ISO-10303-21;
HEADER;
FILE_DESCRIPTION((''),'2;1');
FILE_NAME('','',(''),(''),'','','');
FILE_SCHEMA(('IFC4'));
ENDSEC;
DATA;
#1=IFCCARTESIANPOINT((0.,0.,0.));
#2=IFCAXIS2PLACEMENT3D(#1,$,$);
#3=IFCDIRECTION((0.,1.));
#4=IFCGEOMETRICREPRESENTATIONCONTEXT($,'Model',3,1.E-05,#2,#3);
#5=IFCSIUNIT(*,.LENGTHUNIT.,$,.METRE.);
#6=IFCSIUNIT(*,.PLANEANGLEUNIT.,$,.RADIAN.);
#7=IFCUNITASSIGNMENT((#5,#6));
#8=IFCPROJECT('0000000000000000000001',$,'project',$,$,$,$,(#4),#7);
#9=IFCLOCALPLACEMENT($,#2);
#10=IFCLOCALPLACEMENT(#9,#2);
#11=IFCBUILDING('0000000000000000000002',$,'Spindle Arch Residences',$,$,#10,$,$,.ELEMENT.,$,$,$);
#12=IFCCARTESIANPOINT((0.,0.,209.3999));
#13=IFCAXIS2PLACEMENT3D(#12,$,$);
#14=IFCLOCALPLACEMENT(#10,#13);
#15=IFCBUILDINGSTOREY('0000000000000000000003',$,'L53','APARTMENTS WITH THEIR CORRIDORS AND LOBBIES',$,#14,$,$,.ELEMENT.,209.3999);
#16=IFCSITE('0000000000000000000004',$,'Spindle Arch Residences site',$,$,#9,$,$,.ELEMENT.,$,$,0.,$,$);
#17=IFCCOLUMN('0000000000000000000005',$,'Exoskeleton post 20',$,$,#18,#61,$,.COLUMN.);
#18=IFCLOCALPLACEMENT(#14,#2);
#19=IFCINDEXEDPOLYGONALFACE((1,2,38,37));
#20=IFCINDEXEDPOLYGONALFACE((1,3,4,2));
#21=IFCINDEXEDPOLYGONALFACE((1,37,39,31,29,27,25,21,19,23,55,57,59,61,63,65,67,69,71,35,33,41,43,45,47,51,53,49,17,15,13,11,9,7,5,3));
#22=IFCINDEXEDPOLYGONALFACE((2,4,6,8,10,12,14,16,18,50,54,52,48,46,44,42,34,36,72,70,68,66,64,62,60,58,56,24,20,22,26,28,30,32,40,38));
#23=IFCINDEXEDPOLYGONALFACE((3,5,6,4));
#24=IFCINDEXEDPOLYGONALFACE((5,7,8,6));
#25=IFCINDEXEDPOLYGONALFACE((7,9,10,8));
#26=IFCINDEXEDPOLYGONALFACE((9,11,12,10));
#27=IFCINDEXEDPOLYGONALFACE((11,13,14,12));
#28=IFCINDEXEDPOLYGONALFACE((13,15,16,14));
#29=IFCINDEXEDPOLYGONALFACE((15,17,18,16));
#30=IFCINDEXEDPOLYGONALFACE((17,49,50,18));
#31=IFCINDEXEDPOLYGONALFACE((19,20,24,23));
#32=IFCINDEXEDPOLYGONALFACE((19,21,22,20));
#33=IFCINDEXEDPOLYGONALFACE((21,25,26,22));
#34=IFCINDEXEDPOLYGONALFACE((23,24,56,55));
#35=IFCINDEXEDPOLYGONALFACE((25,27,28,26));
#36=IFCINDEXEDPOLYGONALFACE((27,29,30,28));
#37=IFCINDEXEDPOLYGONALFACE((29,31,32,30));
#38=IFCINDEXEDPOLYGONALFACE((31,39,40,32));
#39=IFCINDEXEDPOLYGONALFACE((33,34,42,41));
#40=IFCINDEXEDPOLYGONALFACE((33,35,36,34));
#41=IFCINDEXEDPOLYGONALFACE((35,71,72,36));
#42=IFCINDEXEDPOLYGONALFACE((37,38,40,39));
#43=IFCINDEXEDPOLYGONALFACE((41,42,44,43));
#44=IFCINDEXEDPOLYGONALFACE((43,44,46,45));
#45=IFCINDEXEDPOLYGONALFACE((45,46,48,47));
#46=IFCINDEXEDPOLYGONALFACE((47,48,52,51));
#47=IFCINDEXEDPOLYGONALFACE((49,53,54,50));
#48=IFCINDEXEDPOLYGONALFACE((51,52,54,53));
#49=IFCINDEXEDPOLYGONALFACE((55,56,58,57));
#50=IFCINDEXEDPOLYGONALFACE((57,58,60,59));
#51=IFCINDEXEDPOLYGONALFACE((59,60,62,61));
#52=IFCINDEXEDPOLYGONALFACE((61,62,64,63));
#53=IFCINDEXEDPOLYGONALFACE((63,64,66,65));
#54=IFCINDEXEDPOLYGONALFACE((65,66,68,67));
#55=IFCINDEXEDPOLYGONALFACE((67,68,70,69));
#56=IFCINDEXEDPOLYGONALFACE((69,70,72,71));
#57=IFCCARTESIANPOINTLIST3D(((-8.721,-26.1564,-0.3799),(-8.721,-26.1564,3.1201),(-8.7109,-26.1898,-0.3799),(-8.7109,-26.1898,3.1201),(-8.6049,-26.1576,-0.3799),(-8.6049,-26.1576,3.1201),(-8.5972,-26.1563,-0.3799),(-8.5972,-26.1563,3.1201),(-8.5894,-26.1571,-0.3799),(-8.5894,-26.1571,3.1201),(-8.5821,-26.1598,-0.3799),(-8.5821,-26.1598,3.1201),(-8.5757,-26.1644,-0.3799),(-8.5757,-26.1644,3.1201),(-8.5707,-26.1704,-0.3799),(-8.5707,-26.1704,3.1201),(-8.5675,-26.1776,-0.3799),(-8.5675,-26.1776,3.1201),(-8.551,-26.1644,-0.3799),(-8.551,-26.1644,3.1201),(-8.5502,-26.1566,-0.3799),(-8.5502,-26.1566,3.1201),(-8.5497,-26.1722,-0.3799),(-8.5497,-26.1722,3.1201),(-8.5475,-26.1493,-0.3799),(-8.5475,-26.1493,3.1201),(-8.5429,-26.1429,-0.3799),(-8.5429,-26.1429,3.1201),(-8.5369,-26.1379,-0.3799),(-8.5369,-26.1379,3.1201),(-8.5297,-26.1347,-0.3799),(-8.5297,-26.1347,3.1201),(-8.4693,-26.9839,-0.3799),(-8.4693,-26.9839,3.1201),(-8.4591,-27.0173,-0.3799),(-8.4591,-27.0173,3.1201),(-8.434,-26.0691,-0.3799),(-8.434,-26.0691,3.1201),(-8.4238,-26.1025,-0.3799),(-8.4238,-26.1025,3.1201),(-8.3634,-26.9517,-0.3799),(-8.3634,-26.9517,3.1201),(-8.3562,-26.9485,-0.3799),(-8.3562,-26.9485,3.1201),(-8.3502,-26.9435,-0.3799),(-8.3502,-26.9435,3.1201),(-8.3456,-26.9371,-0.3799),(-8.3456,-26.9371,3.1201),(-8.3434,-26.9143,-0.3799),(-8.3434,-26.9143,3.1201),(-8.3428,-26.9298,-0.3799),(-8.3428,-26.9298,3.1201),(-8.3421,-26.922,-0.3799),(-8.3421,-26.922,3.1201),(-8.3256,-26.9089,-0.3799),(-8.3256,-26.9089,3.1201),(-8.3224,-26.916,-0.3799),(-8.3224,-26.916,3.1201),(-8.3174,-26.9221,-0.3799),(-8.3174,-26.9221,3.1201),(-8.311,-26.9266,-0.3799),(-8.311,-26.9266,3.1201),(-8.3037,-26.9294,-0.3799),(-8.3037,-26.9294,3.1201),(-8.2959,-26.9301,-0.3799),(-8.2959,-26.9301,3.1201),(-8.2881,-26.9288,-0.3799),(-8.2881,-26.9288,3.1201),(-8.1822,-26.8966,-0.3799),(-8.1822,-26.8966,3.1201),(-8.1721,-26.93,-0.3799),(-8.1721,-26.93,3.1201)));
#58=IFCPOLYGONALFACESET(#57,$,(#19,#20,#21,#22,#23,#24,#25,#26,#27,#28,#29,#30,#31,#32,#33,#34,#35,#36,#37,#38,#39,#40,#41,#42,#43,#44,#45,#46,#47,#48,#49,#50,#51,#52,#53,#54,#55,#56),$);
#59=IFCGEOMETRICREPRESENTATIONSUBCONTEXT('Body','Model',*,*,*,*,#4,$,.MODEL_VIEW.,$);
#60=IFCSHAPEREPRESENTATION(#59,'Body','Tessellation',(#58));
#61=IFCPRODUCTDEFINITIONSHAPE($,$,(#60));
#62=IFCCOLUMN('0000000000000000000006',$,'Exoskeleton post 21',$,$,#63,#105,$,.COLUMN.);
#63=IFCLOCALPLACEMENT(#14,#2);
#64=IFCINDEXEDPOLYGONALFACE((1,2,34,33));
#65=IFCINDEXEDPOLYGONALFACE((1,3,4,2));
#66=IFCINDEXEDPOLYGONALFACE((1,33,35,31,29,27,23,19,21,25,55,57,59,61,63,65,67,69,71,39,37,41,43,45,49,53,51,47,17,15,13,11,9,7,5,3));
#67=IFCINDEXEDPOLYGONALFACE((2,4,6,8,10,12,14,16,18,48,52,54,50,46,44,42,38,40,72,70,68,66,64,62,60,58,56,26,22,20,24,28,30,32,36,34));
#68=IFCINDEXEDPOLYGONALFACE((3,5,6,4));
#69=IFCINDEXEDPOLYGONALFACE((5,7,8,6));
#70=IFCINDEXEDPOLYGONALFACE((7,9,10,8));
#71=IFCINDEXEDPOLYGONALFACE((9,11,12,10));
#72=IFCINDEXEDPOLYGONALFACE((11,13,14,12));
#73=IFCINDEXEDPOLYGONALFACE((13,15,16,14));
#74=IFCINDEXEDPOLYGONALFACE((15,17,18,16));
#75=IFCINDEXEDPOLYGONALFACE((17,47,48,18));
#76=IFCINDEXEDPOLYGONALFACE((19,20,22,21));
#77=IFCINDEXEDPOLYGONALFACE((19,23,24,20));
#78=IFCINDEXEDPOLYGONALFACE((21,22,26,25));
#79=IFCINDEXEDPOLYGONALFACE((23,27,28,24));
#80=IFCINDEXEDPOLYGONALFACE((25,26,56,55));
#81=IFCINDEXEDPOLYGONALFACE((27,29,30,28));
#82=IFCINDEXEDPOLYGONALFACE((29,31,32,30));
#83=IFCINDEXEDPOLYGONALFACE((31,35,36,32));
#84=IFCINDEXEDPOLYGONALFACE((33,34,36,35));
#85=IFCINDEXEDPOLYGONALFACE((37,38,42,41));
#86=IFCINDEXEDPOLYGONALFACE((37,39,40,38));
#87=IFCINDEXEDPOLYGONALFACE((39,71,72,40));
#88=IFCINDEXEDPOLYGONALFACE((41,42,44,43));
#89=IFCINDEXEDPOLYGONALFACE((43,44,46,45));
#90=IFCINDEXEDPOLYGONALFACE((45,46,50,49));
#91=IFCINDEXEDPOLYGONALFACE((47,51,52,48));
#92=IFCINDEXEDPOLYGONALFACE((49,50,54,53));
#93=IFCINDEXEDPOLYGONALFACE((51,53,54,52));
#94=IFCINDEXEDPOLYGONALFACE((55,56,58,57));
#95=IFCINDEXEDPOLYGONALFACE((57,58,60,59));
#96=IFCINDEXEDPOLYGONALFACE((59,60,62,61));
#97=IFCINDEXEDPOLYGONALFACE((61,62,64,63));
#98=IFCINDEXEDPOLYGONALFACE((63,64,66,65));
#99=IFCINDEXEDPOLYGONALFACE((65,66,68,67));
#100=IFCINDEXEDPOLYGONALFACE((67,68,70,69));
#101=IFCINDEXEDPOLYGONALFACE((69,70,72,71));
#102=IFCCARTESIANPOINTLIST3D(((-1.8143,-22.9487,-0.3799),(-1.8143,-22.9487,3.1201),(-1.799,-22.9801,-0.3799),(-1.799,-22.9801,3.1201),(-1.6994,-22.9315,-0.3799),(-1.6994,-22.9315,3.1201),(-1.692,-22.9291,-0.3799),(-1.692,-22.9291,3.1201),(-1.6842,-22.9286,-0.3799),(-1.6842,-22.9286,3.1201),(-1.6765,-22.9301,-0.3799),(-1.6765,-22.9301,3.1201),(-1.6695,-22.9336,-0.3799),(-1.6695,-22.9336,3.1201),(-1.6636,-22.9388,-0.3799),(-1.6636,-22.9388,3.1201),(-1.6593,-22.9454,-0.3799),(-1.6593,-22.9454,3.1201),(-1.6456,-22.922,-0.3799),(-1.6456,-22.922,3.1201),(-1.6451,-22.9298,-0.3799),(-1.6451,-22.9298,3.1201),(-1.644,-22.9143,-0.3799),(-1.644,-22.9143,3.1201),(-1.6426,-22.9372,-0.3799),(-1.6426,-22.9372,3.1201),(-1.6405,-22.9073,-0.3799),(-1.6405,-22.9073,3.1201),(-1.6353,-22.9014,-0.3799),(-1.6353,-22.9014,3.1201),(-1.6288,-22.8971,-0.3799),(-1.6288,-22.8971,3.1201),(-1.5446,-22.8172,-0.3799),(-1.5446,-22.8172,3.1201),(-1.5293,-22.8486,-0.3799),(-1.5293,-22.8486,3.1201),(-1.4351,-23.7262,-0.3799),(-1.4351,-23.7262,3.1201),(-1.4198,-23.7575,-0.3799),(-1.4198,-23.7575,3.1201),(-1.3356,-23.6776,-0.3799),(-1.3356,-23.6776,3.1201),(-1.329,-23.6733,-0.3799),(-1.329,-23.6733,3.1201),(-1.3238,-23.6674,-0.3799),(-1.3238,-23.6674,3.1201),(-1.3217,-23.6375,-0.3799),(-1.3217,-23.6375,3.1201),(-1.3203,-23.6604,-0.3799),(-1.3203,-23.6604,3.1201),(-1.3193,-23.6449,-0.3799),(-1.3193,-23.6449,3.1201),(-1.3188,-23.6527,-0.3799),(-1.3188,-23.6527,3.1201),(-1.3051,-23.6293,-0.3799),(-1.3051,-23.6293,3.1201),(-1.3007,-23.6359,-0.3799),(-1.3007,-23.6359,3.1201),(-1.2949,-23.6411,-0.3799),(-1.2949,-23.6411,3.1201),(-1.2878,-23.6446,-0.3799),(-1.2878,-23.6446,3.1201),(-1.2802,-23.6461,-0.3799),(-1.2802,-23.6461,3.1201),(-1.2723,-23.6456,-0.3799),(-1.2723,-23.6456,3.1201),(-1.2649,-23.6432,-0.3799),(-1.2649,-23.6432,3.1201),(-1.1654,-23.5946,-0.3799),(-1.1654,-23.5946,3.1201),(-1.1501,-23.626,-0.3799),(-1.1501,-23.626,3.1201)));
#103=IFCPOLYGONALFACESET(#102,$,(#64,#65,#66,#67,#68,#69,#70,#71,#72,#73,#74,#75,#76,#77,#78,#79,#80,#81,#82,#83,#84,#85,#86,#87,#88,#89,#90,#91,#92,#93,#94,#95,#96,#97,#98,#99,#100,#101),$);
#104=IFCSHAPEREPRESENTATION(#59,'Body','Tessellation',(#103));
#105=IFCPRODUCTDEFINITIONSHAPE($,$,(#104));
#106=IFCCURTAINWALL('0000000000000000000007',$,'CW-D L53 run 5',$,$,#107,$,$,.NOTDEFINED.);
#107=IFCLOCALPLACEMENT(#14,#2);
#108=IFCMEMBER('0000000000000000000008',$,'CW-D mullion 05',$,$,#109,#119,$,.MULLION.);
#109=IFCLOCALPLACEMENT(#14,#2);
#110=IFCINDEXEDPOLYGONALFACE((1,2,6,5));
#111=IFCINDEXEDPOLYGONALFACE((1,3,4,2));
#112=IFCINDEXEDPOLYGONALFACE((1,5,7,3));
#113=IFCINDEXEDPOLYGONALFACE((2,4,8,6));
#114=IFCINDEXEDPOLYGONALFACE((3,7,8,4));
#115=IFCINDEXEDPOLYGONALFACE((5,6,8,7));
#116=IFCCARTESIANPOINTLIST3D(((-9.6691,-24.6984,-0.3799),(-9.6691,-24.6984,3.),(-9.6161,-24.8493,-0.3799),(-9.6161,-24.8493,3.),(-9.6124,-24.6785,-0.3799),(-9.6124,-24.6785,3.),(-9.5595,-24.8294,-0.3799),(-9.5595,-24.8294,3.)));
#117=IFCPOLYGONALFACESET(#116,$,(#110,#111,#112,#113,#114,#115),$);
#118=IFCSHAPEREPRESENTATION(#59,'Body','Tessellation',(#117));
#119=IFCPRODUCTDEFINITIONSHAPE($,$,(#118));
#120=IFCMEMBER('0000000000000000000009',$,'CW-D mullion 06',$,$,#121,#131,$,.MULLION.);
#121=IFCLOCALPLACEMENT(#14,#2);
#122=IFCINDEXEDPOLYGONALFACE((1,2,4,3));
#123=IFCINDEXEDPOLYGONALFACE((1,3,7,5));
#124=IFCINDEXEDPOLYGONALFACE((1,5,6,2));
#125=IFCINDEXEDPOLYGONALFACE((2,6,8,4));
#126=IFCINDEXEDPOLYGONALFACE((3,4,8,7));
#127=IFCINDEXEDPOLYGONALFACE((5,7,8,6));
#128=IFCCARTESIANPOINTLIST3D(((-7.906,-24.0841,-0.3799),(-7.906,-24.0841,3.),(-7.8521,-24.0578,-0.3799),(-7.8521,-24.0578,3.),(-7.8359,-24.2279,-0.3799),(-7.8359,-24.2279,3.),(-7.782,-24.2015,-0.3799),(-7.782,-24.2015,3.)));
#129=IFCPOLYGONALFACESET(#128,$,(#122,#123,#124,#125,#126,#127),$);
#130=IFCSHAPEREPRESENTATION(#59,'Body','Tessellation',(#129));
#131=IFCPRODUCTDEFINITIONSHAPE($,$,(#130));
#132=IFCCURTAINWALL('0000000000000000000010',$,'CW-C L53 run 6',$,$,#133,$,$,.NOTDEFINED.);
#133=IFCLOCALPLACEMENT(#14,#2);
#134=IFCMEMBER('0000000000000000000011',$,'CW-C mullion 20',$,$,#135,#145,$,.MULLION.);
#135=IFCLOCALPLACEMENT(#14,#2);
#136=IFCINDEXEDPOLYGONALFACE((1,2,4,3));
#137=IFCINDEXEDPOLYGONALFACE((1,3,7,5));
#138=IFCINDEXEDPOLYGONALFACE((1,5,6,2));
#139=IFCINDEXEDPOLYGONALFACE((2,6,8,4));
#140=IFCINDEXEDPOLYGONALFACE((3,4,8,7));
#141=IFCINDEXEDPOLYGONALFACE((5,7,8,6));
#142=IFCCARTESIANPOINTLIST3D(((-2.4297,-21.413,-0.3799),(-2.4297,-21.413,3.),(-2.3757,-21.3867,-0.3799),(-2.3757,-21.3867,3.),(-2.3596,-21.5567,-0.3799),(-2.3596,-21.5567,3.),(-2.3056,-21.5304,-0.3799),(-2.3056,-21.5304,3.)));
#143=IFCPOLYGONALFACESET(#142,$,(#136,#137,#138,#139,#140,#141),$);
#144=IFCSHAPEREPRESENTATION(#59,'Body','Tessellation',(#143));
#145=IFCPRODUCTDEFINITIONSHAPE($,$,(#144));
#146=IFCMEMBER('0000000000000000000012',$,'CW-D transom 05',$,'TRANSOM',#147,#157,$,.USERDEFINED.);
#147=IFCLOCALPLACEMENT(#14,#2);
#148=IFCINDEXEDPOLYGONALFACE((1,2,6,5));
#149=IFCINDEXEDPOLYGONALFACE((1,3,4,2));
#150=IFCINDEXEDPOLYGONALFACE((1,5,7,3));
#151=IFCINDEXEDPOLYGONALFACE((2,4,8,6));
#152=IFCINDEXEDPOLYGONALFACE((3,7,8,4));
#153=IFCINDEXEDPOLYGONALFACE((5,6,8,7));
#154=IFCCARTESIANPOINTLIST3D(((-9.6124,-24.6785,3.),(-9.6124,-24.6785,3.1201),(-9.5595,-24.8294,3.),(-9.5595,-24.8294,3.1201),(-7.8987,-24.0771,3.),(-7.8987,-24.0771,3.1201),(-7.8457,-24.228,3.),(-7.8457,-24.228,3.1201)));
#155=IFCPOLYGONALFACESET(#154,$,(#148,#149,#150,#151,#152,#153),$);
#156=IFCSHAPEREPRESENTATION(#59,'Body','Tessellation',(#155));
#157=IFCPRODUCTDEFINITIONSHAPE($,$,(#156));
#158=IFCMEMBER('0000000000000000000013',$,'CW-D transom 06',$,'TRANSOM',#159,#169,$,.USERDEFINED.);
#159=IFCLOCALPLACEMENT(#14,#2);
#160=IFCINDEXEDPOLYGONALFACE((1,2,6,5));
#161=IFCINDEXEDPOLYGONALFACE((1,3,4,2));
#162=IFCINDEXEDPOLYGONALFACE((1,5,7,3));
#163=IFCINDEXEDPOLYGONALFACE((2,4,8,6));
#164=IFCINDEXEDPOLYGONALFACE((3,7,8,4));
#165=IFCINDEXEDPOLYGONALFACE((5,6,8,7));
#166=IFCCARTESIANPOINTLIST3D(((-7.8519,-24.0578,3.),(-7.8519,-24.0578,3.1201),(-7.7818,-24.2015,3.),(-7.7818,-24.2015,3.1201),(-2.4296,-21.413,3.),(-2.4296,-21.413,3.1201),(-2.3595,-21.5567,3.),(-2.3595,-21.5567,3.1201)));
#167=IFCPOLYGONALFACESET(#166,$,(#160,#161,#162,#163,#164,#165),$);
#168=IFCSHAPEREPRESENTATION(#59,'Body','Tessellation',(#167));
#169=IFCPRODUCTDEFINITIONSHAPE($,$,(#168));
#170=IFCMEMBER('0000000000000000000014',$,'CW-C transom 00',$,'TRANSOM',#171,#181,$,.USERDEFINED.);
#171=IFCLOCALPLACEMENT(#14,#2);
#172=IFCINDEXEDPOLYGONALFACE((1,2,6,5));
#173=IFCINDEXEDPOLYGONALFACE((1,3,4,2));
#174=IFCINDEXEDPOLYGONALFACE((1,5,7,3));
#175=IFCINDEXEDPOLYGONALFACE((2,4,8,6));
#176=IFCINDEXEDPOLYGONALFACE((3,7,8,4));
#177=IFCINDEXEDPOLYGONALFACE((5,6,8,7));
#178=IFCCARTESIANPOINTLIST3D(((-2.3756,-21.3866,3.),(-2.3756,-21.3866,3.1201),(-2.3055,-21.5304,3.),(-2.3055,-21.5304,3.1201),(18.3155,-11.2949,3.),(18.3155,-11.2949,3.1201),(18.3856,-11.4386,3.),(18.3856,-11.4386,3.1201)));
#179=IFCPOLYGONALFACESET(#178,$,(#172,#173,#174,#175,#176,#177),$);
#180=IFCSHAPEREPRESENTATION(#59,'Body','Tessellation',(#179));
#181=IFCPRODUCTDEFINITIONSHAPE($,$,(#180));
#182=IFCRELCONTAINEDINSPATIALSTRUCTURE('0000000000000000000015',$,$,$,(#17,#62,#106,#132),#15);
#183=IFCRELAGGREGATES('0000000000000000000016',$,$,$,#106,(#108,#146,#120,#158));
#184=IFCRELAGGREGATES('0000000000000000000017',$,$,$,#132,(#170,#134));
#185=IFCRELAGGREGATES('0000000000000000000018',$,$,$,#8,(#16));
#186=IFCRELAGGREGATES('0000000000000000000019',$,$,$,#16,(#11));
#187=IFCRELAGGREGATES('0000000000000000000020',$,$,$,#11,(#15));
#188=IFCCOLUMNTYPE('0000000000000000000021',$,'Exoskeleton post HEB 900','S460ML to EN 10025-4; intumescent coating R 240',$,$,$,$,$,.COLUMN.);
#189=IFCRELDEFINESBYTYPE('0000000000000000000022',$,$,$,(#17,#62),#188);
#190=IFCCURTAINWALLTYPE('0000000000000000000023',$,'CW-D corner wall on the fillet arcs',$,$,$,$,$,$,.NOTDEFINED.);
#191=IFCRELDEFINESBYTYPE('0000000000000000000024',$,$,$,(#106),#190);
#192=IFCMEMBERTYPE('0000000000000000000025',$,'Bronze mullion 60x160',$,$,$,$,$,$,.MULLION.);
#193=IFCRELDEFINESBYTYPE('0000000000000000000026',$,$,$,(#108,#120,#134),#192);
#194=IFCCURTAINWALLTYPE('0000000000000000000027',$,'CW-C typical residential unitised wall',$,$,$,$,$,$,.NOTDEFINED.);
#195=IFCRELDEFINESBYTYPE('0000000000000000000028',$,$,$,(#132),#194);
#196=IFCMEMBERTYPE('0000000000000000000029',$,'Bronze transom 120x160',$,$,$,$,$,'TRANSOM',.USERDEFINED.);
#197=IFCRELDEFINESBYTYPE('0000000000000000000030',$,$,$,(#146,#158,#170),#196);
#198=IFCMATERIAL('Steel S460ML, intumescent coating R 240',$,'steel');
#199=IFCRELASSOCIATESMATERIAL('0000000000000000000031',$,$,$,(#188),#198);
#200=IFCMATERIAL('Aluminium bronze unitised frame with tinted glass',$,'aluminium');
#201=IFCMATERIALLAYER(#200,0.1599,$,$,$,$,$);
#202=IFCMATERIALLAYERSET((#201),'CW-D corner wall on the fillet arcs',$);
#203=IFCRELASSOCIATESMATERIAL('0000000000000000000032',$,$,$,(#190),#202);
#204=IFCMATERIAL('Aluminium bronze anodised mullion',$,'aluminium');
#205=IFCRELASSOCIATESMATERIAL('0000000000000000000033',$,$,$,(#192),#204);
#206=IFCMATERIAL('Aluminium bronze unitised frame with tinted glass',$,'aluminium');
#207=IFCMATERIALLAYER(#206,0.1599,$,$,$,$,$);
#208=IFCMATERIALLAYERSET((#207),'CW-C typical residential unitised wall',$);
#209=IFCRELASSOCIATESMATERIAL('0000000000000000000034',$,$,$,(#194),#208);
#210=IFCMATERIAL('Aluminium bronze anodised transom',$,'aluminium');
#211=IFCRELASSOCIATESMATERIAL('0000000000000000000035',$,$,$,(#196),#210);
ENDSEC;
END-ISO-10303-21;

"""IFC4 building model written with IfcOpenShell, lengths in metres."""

from ifc_helpers import new_model, si_unit, direction, frame, origin, origin_2d, place, context, subcontext, project, spatial, rectangle, i_section, extrude, material, layer, layer_set, material_profile, profile_set, type_object, element, aggregate, save


model = new_model("IFC4")

# Units and contexts
model_context = context("Model", 3, precision=1e-05, world=origin(), true_north=direction((0.0, 1.0)))
body_context = subcontext(model_context, "Body", "Model", "MODEL_VIEW")
ifc_project = project(units=[si_unit("LENGTHUNIT", "METRE"), si_unit("PLANEANGLEUNIT", "RADIAN")], contexts=[model_context])

# Site, building, storey
site_placement = place(None, origin())
site = spatial("IfcSite", under=ifc_project, at=site_placement, Name="Spindle Arch Residences site", CompositionType="ELEMENT", RefElevation=0.0)
building_placement = place(site_placement, origin())
building = spatial("IfcBuilding", under=site, at=building_placement, Name="Spindle Arch Residences", CompositionType="ELEMENT")
storey_placement = place(building_placement, frame((0.0, 0.0, 209.3999)))
storey = spatial("IfcBuildingStorey", under=building, at=storey_placement, Name="L53", Description="APARTMENTS WITH THEIR CORRIDORS AND LOBBIES", CompositionType="ELEMENT", Elevation=209.3999)

# Columns
ifc_material_1 = material(Name="Steel S460ML, intumescent coating R 240", Category="steel")
ifc_material_profile_1 = material_profile(ifc_material_1, i_section(OverallWidth=0.3, OverallDepth=0.8999, WebThickness=0.0186, FlangeThickness=0.0349, FilletRadius=0.03, at=origin_2d()), Name="HEB 900")
ifc_profile_set_1 = profile_set([ifc_material_profile_1], Name="Steel S460ML, intumescent coating R 240")
column_type = type_object("IfcColumnType", Name="Exoskeleton post HEB 900", Description="S460ML to EN 10025-4; intumescent coating R 240", PredefinedType="COLUMN", material=ifc_profile_set_1)
for number, where, z_axis, x_axis, name in (
    (1, (-8.4465, -26.5432, -0.3799), (0.0, 0.0, 1.0), (-0.956715, -0.291028, 0.0), "Exoskeleton post 20"),
    (2, (-1.4822, -23.2874, -0.3799), (0.0, 0.0, 1.0), (-0.898794, -0.438371, 0.0), "Exoskeleton post 21"),
):
    element("IfcColumn", number, at=place(storey_placement, frame(where, z_axis=z_axis, x_axis=x_axis)), inside=storey, type_object=column_type, Name=name, PredefinedType="COLUMN", context=body_context, shape_type="SweptSolid", body=[
        extrude(i_section(OverallWidth=0.3, OverallDepth=0.8999, WebThickness=0.0186, FlangeThickness=0.0349, FilletRadius=0.03, at=origin_2d()), origin(), (0.0, 0.0, 1.0), 3.5),
    ])

# Curtain wall, members
ifc_material_2 = material(Name="Aluminium bronze unitised frame with tinted glass", Category="aluminium")
ifc_layer_1 = layer(ifc_material_2, 0.1599)
ifc_layer_set_1 = layer_set([ifc_layer_1], Name="CW-D corner wall on the fillet arcs")
curtain_wall_type_1 = type_object("IfcCurtainWallType", Name="CW-D corner wall on the fillet arcs", PredefinedType="NOTDEFINED", material=ifc_layer_set_1)
curtain_wall_1_placement = place(storey_placement, origin())
curtain_wall_1 = element("IfcCurtainWall", 3, at=curtain_wall_1_placement, inside=storey, type_object=curtain_wall_type_1, Name="CW-D L53 run 5", PredefinedType="NOTDEFINED")
ifc_material_3 = material(Name="Aluminium bronze anodised mullion", Category="aluminium")
ifc_material_profile_2 = material_profile(ifc_material_3, rectangle(XDim=0.1599, YDim=0.0601, at=origin_2d()), Name="MU 60x160")
ifc_profile_set_2 = profile_set([ifc_material_profile_2], Name="Aluminium bronze anodised mullion")
member_type_1 = type_object("IfcMemberType", Name="Bronze mullion 60x160", PredefinedType="MULLION", material=ifc_profile_set_2)
member_1_placement = place(storey_placement, frame((-9.6143, -24.7639, -0.3799), z_axis=(0.0, 0.0, 1.0), x_axis=(-0.331063, 0.943609, 0.0)))
member_1 = element("IfcMember", 4, at=member_1_placement, type_object=member_type_1, Name="CW-D mullion 05", PredefinedType="MULLION", context=body_context, shape_type="SweptSolid", body=[
    extrude(rectangle(XDim=0.1599, YDim=0.0601, at=origin_2d()), origin(), (0.0, 0.0, 1.0), 3.3799),
])
member_2_placement = place(storey_placement, frame((-7.844, -24.1428, -0.3799), z_axis=(0.0, 0.0, 1.0), x_axis=(-0.438371, 0.898794, 0.0)))
member_2 = element("IfcMember", 5, at=member_2_placement, type_object=member_type_1, Name="CW-D mullion 06", PredefinedType="MULLION", context=body_context, shape_type="SweptSolid", body=[
    extrude(rectangle(XDim=0.1599, YDim=0.0601, at=origin_2d()), origin(), (0.0, 0.0, 1.0), 3.3799),
])

# Curtain wall, member
ifc_material_4 = material(Name="Aluminium bronze unitised frame with tinted glass", Category="aluminium")
ifc_layer_2 = layer(ifc_material_4, 0.1599)
ifc_layer_set_2 = layer_set([ifc_layer_2], Name="CW-C typical residential unitised wall")
curtain_wall_type_2 = type_object("IfcCurtainWallType", Name="CW-C typical residential unitised wall", PredefinedType="NOTDEFINED", material=ifc_layer_set_2)
curtain_wall_2_placement = place(storey_placement, origin())
curtain_wall_2 = element("IfcCurtainWall", 6, at=curtain_wall_2_placement, inside=storey, type_object=curtain_wall_type_2, Name="CW-C L53 run 6", PredefinedType="NOTDEFINED")
member_3_placement = place(storey_placement, frame((-2.3677, -21.4717, -0.3799), z_axis=(0.0, 0.0, 1.0), x_axis=(-0.438371, 0.898794, 0.0)))
member_3 = element("IfcMember", 7, at=member_3_placement, type_object=member_type_1, Name="CW-C mullion 20", PredefinedType="MULLION", context=body_context, shape_type="SweptSolid", body=[
    extrude(rectangle(XDim=0.1599, YDim=0.0601, at=origin_2d()), origin(), (0.0, 0.0, 1.0), 3.3799),
])

# Members
ifc_material_5 = material(Name="Aluminium bronze anodised transom", Category="aluminium")
ifc_material_profile_3 = material_profile(ifc_material_5, rectangle(XDim=0.1599, YDim=0.1201, at=origin_2d()), Name="TR 120x160")
ifc_profile_set_3 = profile_set([ifc_material_profile_3], Name="Aluminium bronze anodised transom")
member_type_2 = type_object("IfcMemberType", Name="Bronze transom 120x160", ElementType="TRANSOM", PredefinedType="USERDEFINED", material=ifc_profile_set_3)
member_4_placement = place(storey_placement, frame((-9.5859, -24.7539, 3.0601), z_axis=(0.943592, 0.331111, 0.0), x_axis=(-0.331111, 0.943592, 0.0)))
member_4 = element("IfcMember", 8, at=member_4_placement, type_object=member_type_2, Name="CW-D transom 05", ObjectType="TRANSOM", PredefinedType="USERDEFINED", context=body_context, shape_type="SweptSolid", body=[
    extrude(rectangle(XDim=0.1599, YDim=0.1201, at=origin_2d()), origin(), (0.0, 0.0, 1.0), 1.8162),
])
member_5_placement = place(storey_placement, frame((-7.8169, -24.1296, 3.0601), z_axis=(0.898787, 0.438386, 0.0), x_axis=(-0.438386, 0.898787, 0.0)))
member_5 = element("IfcMember", 9, at=member_5_placement, type_object=member_type_2, Name="CW-D transom 06", ObjectType="TRANSOM", PredefinedType="USERDEFINED", context=body_context, shape_type="SweptSolid", body=[
    extrude(rectangle(XDim=0.1599, YDim=0.1201, at=origin_2d()), origin(), (0.0, 0.0, 1.0), 6.033),
])
member_6_placement = place(storey_placement, frame((-2.3406, -21.4585, 3.0601), z_axis=(0.898793, 0.438373, 0.0), x_axis=(-0.438373, 0.898793, 0.0)))
member_6 = element("IfcMember", 10, at=member_6_placement, type_object=member_type_2, Name="CW-C transom 00", ObjectType="TRANSOM", PredefinedType="USERDEFINED", context=body_context, shape_type="SweptSolid", body=[
    extrude(rectangle(XDim=0.1599, YDim=0.1201, at=origin_2d()), origin(), (0.0, 0.0, 1.0), 23.021),
])

aggregate(curtain_wall_1, [member_1, member_4, member_2, member_5])
aggregate(curtain_wall_2, [member_6, member_3])

save(model, "model.ifc")
